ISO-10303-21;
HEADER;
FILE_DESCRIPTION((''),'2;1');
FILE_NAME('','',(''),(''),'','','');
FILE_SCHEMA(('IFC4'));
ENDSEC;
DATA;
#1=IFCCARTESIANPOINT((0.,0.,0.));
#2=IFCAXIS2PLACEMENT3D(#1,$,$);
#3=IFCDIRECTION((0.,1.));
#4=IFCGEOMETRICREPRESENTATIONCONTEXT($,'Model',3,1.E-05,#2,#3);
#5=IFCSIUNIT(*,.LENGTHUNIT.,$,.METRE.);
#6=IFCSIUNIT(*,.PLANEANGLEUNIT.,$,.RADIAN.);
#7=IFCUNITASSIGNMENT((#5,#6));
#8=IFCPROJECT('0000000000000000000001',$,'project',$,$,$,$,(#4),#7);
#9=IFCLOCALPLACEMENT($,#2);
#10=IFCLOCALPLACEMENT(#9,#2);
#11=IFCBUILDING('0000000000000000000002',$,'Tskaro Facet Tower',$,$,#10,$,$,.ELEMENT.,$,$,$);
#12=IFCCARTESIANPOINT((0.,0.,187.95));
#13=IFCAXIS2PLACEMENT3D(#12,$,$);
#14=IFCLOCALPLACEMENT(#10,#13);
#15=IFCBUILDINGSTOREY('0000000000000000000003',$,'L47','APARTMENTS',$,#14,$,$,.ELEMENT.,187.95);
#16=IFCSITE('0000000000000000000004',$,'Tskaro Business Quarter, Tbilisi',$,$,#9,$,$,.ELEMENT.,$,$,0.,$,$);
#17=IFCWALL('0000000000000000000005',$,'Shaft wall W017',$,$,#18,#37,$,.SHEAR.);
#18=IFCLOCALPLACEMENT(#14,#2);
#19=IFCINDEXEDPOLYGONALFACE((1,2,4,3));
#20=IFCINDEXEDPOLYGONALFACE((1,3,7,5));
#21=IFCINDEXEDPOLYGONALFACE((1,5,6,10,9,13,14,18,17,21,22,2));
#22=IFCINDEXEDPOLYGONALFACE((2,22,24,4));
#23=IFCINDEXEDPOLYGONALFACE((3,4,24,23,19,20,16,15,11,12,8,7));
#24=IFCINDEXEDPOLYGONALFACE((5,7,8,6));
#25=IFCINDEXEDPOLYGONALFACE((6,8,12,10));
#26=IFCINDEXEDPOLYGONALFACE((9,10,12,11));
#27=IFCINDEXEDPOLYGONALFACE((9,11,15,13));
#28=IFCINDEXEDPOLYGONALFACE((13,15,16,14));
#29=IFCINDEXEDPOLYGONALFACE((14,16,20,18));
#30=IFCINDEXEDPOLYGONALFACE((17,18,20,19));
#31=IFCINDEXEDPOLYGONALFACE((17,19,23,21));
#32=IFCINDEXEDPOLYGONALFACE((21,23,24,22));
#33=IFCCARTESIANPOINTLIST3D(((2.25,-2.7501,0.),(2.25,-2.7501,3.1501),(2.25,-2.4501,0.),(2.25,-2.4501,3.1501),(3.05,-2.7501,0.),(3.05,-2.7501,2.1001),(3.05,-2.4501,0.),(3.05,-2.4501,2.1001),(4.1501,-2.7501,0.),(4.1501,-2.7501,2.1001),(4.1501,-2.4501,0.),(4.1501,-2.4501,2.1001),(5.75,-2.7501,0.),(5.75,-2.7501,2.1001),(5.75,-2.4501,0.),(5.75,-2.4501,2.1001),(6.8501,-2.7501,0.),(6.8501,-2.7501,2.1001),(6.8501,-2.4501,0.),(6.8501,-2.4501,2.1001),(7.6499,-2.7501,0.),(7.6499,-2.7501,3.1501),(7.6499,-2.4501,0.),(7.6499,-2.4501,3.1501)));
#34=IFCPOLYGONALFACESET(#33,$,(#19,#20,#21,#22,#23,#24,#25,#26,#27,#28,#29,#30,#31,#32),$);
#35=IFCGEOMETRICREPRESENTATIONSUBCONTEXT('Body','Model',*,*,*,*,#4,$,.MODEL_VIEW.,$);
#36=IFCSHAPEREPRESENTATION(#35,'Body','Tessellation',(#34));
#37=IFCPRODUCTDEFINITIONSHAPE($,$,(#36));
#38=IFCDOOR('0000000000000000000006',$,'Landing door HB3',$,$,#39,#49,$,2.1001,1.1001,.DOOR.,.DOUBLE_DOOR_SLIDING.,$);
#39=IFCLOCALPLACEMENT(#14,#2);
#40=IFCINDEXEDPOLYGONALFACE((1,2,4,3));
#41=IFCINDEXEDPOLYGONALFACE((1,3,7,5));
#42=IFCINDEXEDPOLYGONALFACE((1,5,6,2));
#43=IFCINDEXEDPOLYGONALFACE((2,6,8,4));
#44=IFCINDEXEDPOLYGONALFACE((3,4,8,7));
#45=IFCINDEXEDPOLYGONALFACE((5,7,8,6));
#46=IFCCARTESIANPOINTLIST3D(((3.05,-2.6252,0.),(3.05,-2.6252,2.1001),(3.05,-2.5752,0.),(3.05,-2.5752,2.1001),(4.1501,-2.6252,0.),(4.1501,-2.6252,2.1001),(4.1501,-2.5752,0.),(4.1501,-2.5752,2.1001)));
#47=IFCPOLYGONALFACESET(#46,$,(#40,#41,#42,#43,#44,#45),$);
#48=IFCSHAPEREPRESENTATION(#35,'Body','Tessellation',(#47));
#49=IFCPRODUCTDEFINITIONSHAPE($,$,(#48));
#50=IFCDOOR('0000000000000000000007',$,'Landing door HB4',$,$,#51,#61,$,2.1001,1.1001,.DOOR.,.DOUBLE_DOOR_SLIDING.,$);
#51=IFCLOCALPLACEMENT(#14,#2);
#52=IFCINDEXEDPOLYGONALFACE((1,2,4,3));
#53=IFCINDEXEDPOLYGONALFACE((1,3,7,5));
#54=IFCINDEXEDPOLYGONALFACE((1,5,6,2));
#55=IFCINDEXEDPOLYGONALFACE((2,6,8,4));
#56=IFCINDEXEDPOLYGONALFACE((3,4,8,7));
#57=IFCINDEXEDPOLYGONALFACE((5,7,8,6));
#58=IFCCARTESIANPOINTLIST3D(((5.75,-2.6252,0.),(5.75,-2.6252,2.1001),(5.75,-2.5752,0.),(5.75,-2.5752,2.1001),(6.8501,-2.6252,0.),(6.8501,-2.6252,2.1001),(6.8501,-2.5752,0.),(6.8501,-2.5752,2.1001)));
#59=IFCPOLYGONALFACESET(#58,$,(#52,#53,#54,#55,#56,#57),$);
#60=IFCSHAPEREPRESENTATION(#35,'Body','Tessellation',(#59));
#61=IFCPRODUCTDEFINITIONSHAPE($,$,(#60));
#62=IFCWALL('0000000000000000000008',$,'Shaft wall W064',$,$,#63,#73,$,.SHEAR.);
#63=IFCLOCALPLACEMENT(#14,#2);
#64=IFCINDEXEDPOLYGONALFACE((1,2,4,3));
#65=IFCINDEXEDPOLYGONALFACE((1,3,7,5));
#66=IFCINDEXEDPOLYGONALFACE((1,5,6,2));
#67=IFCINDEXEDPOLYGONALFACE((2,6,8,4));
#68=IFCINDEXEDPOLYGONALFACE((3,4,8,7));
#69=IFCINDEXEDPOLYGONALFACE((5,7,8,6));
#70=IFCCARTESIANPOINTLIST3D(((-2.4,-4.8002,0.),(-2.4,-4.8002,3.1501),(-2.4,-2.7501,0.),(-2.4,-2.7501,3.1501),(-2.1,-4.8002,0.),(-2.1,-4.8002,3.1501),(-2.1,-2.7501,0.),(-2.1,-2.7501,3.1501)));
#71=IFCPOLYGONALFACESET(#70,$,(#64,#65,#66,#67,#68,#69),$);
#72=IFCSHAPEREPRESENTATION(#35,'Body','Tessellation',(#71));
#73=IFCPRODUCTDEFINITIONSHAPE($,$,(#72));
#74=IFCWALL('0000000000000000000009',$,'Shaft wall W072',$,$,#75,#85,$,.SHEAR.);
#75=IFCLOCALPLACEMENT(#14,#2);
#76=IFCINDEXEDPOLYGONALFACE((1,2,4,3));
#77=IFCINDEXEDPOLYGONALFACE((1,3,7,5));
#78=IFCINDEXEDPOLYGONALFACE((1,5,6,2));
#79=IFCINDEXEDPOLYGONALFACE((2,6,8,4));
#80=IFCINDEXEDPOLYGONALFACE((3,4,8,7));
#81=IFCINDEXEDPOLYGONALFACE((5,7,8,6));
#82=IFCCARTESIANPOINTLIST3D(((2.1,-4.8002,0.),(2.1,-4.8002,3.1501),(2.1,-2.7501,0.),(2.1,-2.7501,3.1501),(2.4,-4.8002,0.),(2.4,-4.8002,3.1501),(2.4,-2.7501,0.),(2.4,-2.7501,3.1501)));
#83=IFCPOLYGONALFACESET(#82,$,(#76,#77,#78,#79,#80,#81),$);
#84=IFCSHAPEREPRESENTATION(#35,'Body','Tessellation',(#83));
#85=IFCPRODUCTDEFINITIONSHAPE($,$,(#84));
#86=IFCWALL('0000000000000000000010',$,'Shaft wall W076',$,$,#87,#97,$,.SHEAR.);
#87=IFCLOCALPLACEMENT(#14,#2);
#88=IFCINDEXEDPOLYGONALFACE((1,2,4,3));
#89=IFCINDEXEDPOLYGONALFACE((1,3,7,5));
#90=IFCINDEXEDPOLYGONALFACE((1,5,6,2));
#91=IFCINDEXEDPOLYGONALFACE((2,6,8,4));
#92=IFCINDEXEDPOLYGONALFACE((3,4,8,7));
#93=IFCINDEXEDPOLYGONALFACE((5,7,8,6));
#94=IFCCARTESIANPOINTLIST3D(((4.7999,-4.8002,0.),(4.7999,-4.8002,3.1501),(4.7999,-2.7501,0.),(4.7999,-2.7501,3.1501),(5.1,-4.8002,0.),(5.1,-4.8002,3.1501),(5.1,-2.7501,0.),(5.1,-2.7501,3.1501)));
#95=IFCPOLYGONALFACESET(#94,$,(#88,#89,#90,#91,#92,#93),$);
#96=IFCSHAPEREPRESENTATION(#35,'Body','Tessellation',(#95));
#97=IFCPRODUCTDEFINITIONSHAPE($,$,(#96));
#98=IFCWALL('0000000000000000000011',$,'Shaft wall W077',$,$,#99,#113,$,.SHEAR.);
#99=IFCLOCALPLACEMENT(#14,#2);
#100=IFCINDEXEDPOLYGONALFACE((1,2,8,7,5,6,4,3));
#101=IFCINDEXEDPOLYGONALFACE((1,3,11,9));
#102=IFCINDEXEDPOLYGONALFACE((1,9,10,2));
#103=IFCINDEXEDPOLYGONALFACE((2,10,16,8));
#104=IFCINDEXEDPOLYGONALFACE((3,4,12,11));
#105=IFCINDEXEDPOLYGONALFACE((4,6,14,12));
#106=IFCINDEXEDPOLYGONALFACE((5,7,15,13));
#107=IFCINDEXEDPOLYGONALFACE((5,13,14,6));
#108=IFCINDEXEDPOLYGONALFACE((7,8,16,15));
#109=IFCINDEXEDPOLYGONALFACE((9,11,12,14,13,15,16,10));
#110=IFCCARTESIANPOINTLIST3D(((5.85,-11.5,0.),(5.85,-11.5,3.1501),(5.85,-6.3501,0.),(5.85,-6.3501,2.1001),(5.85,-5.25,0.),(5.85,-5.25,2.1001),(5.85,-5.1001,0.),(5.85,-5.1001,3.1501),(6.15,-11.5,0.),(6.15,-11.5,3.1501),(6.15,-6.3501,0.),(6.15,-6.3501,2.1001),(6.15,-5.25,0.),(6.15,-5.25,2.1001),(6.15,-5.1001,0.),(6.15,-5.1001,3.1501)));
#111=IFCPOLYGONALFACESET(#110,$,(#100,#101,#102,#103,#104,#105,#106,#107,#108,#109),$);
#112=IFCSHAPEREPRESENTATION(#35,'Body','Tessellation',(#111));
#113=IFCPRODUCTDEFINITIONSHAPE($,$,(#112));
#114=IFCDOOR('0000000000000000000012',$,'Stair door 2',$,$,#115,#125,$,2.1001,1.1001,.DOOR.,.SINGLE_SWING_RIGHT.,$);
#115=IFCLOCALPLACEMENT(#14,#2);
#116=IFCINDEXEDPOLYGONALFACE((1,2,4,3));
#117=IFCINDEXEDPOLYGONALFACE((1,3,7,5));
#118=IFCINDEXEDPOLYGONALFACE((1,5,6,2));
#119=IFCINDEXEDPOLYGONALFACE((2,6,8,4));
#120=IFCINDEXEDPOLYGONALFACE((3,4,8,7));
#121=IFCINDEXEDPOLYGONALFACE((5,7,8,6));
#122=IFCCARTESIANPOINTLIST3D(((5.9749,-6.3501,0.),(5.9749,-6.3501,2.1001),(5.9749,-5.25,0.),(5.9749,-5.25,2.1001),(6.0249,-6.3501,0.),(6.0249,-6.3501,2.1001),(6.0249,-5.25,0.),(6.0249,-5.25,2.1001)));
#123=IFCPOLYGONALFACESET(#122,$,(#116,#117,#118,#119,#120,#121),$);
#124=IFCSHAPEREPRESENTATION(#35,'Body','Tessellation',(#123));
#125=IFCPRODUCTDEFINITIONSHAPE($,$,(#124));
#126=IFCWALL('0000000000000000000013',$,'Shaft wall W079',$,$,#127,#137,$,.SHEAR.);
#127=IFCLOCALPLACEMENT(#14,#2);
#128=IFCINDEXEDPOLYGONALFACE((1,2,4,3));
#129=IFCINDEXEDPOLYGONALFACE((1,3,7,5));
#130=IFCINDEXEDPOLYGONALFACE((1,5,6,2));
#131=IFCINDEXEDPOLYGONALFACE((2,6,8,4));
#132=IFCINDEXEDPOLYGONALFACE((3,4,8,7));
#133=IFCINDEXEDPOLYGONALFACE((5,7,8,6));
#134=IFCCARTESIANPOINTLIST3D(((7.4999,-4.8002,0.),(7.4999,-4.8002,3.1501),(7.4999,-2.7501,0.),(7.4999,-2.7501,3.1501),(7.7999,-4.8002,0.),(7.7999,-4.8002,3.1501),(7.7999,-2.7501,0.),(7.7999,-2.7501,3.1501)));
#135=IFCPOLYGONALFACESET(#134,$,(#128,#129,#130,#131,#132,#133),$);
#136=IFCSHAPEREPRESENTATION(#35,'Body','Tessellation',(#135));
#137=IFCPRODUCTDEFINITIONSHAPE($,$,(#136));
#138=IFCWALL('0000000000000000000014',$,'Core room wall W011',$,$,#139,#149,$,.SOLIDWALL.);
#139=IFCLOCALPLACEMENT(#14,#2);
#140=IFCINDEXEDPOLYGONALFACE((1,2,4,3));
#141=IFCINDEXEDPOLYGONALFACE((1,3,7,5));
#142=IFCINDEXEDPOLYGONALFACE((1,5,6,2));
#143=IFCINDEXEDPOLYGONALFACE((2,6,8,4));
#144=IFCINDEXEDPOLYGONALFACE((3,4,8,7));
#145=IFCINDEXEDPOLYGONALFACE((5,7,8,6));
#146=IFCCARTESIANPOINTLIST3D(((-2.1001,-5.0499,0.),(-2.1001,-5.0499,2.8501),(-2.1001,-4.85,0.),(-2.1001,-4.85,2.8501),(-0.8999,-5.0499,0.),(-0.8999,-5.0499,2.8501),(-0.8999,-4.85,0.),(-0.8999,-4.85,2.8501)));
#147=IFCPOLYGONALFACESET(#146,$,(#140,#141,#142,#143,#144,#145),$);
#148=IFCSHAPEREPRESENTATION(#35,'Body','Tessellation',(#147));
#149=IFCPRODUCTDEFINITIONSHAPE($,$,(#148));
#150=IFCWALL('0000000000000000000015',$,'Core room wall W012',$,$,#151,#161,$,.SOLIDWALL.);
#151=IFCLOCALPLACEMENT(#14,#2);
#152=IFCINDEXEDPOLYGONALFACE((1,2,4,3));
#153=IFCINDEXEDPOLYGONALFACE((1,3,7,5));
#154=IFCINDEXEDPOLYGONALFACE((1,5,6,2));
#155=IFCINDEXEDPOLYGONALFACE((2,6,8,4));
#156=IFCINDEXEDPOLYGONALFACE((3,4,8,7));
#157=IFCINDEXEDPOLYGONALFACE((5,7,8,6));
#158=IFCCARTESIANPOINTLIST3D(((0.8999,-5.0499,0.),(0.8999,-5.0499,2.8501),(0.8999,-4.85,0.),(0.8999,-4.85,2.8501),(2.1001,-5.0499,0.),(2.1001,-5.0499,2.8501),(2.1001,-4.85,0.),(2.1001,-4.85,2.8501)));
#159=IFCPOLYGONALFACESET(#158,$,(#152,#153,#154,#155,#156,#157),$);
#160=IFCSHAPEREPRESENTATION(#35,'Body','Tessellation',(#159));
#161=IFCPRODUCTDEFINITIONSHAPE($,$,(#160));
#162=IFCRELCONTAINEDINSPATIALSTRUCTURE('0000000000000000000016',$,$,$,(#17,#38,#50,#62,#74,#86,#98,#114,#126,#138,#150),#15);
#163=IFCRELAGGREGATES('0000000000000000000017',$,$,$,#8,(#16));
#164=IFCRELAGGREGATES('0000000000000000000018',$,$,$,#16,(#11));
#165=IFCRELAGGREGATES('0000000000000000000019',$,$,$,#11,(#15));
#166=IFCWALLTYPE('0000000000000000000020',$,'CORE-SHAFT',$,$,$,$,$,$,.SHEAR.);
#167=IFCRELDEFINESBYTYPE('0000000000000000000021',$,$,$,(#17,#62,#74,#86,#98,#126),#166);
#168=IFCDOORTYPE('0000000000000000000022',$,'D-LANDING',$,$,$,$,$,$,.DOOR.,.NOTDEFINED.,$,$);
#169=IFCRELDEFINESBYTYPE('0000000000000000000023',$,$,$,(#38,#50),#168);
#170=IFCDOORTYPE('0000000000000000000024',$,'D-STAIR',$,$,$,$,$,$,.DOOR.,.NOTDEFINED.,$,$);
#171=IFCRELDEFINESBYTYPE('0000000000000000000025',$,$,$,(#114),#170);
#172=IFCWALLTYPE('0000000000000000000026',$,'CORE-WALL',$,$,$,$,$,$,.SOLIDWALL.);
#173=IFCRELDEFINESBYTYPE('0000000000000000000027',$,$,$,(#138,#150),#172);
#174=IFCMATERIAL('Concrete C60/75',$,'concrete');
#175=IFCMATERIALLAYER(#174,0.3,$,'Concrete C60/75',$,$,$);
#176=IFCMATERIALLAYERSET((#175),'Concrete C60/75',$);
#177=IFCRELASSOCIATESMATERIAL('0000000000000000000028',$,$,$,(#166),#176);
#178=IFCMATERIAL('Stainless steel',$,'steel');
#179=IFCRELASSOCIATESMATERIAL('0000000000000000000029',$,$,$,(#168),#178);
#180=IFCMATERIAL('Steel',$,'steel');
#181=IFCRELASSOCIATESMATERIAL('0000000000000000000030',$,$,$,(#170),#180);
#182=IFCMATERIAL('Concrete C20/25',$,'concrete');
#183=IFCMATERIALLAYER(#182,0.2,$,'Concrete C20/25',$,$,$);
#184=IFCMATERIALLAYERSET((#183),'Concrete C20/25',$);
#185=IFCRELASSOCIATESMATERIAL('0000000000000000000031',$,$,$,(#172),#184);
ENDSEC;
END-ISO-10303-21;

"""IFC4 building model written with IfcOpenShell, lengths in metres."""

from ifc_helpers import new_model, si_unit, direction, frame, frame_2d, origin, place, context, subcontext, project, spatial, rectangle, extrude, material, layer, layer_set, type_object, element, fill, save


model = new_model("IFC4")

# Units and contexts
model_context = context("Model", 3, precision=1e-05, world=origin(), true_north=direction((0.0, 1.0)))
body_context = subcontext(model_context, "Body", "Model", "MODEL_VIEW")
ifc_project = project(units=[si_unit("LENGTHUNIT", "METRE"), si_unit("PLANEANGLEUNIT", "RADIAN")], contexts=[model_context])

# Site, building, storey
site_placement = place(None, origin())
site = spatial("IfcSite", under=ifc_project, at=site_placement, Name="Tskaro Business Quarter, Tbilisi", CompositionType="ELEMENT", RefElevation=0.0)
building_placement = place(site_placement, origin())
building = spatial("IfcBuilding", under=site, at=building_placement, Name="Tskaro Facet Tower", CompositionType="ELEMENT")
storey_placement = place(building_placement, frame((0.0, 0.0, 187.95)))
storey = spatial("IfcBuildingStorey", under=building, at=storey_placement, Name="L47", Description="APARTMENTS", CompositionType="ELEMENT", Elevation=187.95)

# Shared definitions
ifc_material_1 = material(Name="Concrete C60/75", Category="concrete")

# Shared definitions
ifc_layer_1 = layer(ifc_material_1, 0.3, Name="Concrete C60/75")
ifc_layer_set_1 = layer_set([ifc_layer_1], Name="Concrete C60/75")
wall_type_1 = type_object("IfcWallType", Name="CORE-SHAFT", PredefinedType="SHEAR", material=ifc_layer_set_1)

# Wall, openings, doors
wall_1_placement = place(storey_placement, frame((2.25, -2.6001, 0.0), z_axis=(0.0, 0.0, 1.0), x_axis=(1.0, 0.0, 0.0)))
wall_1 = element("IfcWall", 1, at=wall_1_placement, inside=storey, type_object=wall_type_1, Name="Shaft wall W017", PredefinedType="SHEAR", context=body_context, shape_type="SweptSolid", body=[
    extrude(rectangle(XDim=5.3999, YDim=0.3, at=frame_2d((2.7, 0.0))), origin(), (0.0, 0.0, 1.0), 3.1501),
])
opening_1_placement = place(wall_1_placement, frame((0.8, 0.0, 0.0)))
opening_1 = element("IfcOpeningElement", 2, at=opening_1_placement, cuts=wall_1, PredefinedType="OPENING", context=body_context, shape_type="SweptSolid", body=[
    extrude(rectangle(XDim=1.1001, YDim=2.1001, at=frame_2d((0.55, 1.05))), frame((0.0, 0.1599, 0.0), z_axis=(0.0, -1.0, 0.0), x_axis=(1.0, 0.0, 0.0)), (0.0, 0.0, 1.0), 0.3201),
])
opening_2_placement = place(wall_1_placement, frame((3.5, 0.0, 0.0)))
opening_2 = element("IfcOpeningElement", 3, at=opening_2_placement, cuts=wall_1, PredefinedType="OPENING", context=body_context, shape_type="SweptSolid", body=[
    extrude(rectangle(XDim=1.1001, YDim=2.1001, at=frame_2d((0.55, 1.05))), frame((0.0, 0.1599, 0.0), z_axis=(0.0, -1.0, 0.0), x_axis=(1.0, 0.0, 0.0)), (0.0, 0.0, 1.0), 0.3201),
])
ifc_material_2 = material(Name="Stainless steel", Category="steel")
door_type_1 = type_object("IfcDoorType", Name="D-LANDING", OperationType="NOTDEFINED", PredefinedType="DOOR", material=ifc_material_2)
door_1_placement = place(opening_1_placement, origin())
door_1 = element("IfcDoor", 4, at=door_1_placement, inside=storey, type_object=door_type_1, Name="Landing door HB3", OperationType="DOUBLE_DOOR_SLIDING", OverallHeight=2.1001, OverallWidth=1.1001, PredefinedType="DOOR", context=body_context, shape_type="SweptSolid", body=[
    extrude(rectangle(XDim=1.1001, YDim=2.1001, at=frame_2d((0.55, 1.05))), frame((0.0, 0.0249, 0.0), z_axis=(0.0, -1.0, 0.0), x_axis=(1.0, 0.0, 0.0)), (0.0, 0.0, 1.0), 0.05),
])
fill(opening_1, door_1)
door_2_placement = place(opening_2_placement, origin())
door_2 = element("IfcDoor", 5, at=door_2_placement, inside=storey, type_object=door_type_1, Name="Landing door HB4", OperationType="DOUBLE_DOOR_SLIDING", OverallHeight=2.1001, OverallWidth=1.1001, PredefinedType="DOOR", context=body_context, shape_type="SweptSolid", body=[
    extrude(rectangle(XDim=1.1001, YDim=2.1001, at=frame_2d((0.55, 1.05))), frame((0.0, 0.0249, 0.0), z_axis=(0.0, -1.0, 0.0), x_axis=(1.0, 0.0, 0.0)), (0.0, 0.0, 1.0), 0.05),
])
fill(opening_2, door_2)

# Walls
for number, where, z_axis, x_axis, name in (
    (6, (-2.25, -4.8, 0.0), (0.0, 0.0, 1.0), (0.0, 1.0, 0.0), "Shaft wall W064"),
    (7, (2.25, -4.8, 0.0), (0.0, 0.0, 1.0), (0.0, 1.0, 0.0), "Shaft wall W072"),
    (8, (4.95, -4.8, 0.0), (0.0, 0.0, 1.0), (0.0, 1.0, 0.0), "Shaft wall W076"),
):
    element("IfcWall", number, at=place(storey_placement, frame(where, z_axis=z_axis, x_axis=x_axis)), inside=storey, type_object=wall_type_1, Name=name, PredefinedType="SHEAR", context=body_context, shape_type="SweptSolid", body=[
        extrude(rectangle(XDim=2.05, YDim=0.3, at=frame_2d((1.0249, 0.0))), origin(), (0.0, 0.0, 1.0), 3.1501),
    ])

# Wall, opening, door
wall_2_placement = place(storey_placement, frame((6.0, -5.1001, 0.0), z_axis=(0.0, 0.0, 1.0), x_axis=(0.0, -1.0, 0.0)))
wall_2 = element("IfcWall", 9, at=wall_2_placement, inside=storey, type_object=wall_type_1, Name="Shaft wall W077", PredefinedType="SHEAR", context=body_context, shape_type="SweptSolid", body=[
    extrude(rectangle(XDim=6.3999, YDim=0.3, at=frame_2d((3.2, 0.0))), origin(), (0.0, 0.0, 1.0), 3.1501),
])
opening_3_placement = place(wall_2_placement, frame((0.1499, 0.0, 0.0)))
opening_3 = element("IfcOpeningElement", 10, at=opening_3_placement, cuts=wall_2, PredefinedType="OPENING", context=body_context, shape_type="SweptSolid", body=[
    extrude(rectangle(XDim=1.1001, YDim=2.1001, at=frame_2d((0.55, 1.05))), frame((0.0, 0.1599, 0.0), z_axis=(0.0, -1.0, 0.0), x_axis=(1.0, 0.0, 0.0)), (0.0, 0.0, 1.0), 0.3201),
])
ifc_material_3 = material(Name="Steel", Category="steel")
door_type_2 = type_object("IfcDoorType", Name="D-STAIR", OperationType="NOTDEFINED", PredefinedType="DOOR", material=ifc_material_3)
door_3_placement = place(opening_3_placement, origin())
door_3 = element("IfcDoor", 11, at=door_3_placement, inside=storey, type_object=door_type_2, Name="Stair door 2", OperationType="SINGLE_SWING_RIGHT", OverallHeight=2.1001, OverallWidth=1.1001, PredefinedType="DOOR", context=body_context, shape_type="SweptSolid", body=[
    extrude(rectangle(XDim=1.1001, YDim=2.1001, at=frame_2d((0.55, 1.05))), frame((0.0, 0.0249, 0.0), z_axis=(0.0, -1.0, 0.0), x_axis=(1.0, 0.0, 0.0)), (0.0, 0.0, 1.0), 0.05),
])
fill(opening_3, door_3)

# Walls
wall_3_placement = place(storey_placement, frame((7.6499, -4.8, 0.0), z_axis=(0.0, 0.0, 1.0), x_axis=(0.0, 1.0, 0.0)))
element("IfcWall", 12, at=wall_3_placement, inside=storey, type_object=wall_type_1, Name="Shaft wall W079", PredefinedType="SHEAR", context=body_context, shape_type="SweptSolid", body=[
    extrude(rectangle(XDim=2.05, YDim=0.3, at=frame_2d((1.0249, 0.0))), origin(), (0.0, 0.0, 1.0), 3.1501),
])
ifc_material_4 = material(Name="Concrete C20/25", Category="concrete")
ifc_layer_2 = layer(ifc_material_4, 0.2, Name="Concrete C20/25")
ifc_layer_set_2 = layer_set([ifc_layer_2], Name="Concrete C20/25")
wall_type_2 = type_object("IfcWallType", Name="CORE-WALL", PredefinedType="SOLIDWALL", material=ifc_layer_set_2)
for number, where, z_axis, x_axis, name in (
    (13, (-2.1001, -4.95, 0.0), (0.0, 0.0, 1.0), (1.0, 0.0, 0.0), "Core room wall W011"),
    (14, (0.8999, -4.95, 0.0), (0.0, 0.0, 1.0), (1.0, 0.0, 0.0), "Core room wall W012"),
):
    element("IfcWall", number, at=place(storey_placement, frame(where, z_axis=z_axis, x_axis=x_axis)), inside=storey, type_object=wall_type_2, Name=name, PredefinedType="SOLIDWALL", context=body_context, shape_type="SweptSolid", body=[
        extrude(rectangle(XDim=1.2002, YDim=0.2, at=frame_2d((0.6001, 0.0))), origin(), (0.0, 0.0, 1.0), 2.8501),
    ])

save(model, "model.ifc")
